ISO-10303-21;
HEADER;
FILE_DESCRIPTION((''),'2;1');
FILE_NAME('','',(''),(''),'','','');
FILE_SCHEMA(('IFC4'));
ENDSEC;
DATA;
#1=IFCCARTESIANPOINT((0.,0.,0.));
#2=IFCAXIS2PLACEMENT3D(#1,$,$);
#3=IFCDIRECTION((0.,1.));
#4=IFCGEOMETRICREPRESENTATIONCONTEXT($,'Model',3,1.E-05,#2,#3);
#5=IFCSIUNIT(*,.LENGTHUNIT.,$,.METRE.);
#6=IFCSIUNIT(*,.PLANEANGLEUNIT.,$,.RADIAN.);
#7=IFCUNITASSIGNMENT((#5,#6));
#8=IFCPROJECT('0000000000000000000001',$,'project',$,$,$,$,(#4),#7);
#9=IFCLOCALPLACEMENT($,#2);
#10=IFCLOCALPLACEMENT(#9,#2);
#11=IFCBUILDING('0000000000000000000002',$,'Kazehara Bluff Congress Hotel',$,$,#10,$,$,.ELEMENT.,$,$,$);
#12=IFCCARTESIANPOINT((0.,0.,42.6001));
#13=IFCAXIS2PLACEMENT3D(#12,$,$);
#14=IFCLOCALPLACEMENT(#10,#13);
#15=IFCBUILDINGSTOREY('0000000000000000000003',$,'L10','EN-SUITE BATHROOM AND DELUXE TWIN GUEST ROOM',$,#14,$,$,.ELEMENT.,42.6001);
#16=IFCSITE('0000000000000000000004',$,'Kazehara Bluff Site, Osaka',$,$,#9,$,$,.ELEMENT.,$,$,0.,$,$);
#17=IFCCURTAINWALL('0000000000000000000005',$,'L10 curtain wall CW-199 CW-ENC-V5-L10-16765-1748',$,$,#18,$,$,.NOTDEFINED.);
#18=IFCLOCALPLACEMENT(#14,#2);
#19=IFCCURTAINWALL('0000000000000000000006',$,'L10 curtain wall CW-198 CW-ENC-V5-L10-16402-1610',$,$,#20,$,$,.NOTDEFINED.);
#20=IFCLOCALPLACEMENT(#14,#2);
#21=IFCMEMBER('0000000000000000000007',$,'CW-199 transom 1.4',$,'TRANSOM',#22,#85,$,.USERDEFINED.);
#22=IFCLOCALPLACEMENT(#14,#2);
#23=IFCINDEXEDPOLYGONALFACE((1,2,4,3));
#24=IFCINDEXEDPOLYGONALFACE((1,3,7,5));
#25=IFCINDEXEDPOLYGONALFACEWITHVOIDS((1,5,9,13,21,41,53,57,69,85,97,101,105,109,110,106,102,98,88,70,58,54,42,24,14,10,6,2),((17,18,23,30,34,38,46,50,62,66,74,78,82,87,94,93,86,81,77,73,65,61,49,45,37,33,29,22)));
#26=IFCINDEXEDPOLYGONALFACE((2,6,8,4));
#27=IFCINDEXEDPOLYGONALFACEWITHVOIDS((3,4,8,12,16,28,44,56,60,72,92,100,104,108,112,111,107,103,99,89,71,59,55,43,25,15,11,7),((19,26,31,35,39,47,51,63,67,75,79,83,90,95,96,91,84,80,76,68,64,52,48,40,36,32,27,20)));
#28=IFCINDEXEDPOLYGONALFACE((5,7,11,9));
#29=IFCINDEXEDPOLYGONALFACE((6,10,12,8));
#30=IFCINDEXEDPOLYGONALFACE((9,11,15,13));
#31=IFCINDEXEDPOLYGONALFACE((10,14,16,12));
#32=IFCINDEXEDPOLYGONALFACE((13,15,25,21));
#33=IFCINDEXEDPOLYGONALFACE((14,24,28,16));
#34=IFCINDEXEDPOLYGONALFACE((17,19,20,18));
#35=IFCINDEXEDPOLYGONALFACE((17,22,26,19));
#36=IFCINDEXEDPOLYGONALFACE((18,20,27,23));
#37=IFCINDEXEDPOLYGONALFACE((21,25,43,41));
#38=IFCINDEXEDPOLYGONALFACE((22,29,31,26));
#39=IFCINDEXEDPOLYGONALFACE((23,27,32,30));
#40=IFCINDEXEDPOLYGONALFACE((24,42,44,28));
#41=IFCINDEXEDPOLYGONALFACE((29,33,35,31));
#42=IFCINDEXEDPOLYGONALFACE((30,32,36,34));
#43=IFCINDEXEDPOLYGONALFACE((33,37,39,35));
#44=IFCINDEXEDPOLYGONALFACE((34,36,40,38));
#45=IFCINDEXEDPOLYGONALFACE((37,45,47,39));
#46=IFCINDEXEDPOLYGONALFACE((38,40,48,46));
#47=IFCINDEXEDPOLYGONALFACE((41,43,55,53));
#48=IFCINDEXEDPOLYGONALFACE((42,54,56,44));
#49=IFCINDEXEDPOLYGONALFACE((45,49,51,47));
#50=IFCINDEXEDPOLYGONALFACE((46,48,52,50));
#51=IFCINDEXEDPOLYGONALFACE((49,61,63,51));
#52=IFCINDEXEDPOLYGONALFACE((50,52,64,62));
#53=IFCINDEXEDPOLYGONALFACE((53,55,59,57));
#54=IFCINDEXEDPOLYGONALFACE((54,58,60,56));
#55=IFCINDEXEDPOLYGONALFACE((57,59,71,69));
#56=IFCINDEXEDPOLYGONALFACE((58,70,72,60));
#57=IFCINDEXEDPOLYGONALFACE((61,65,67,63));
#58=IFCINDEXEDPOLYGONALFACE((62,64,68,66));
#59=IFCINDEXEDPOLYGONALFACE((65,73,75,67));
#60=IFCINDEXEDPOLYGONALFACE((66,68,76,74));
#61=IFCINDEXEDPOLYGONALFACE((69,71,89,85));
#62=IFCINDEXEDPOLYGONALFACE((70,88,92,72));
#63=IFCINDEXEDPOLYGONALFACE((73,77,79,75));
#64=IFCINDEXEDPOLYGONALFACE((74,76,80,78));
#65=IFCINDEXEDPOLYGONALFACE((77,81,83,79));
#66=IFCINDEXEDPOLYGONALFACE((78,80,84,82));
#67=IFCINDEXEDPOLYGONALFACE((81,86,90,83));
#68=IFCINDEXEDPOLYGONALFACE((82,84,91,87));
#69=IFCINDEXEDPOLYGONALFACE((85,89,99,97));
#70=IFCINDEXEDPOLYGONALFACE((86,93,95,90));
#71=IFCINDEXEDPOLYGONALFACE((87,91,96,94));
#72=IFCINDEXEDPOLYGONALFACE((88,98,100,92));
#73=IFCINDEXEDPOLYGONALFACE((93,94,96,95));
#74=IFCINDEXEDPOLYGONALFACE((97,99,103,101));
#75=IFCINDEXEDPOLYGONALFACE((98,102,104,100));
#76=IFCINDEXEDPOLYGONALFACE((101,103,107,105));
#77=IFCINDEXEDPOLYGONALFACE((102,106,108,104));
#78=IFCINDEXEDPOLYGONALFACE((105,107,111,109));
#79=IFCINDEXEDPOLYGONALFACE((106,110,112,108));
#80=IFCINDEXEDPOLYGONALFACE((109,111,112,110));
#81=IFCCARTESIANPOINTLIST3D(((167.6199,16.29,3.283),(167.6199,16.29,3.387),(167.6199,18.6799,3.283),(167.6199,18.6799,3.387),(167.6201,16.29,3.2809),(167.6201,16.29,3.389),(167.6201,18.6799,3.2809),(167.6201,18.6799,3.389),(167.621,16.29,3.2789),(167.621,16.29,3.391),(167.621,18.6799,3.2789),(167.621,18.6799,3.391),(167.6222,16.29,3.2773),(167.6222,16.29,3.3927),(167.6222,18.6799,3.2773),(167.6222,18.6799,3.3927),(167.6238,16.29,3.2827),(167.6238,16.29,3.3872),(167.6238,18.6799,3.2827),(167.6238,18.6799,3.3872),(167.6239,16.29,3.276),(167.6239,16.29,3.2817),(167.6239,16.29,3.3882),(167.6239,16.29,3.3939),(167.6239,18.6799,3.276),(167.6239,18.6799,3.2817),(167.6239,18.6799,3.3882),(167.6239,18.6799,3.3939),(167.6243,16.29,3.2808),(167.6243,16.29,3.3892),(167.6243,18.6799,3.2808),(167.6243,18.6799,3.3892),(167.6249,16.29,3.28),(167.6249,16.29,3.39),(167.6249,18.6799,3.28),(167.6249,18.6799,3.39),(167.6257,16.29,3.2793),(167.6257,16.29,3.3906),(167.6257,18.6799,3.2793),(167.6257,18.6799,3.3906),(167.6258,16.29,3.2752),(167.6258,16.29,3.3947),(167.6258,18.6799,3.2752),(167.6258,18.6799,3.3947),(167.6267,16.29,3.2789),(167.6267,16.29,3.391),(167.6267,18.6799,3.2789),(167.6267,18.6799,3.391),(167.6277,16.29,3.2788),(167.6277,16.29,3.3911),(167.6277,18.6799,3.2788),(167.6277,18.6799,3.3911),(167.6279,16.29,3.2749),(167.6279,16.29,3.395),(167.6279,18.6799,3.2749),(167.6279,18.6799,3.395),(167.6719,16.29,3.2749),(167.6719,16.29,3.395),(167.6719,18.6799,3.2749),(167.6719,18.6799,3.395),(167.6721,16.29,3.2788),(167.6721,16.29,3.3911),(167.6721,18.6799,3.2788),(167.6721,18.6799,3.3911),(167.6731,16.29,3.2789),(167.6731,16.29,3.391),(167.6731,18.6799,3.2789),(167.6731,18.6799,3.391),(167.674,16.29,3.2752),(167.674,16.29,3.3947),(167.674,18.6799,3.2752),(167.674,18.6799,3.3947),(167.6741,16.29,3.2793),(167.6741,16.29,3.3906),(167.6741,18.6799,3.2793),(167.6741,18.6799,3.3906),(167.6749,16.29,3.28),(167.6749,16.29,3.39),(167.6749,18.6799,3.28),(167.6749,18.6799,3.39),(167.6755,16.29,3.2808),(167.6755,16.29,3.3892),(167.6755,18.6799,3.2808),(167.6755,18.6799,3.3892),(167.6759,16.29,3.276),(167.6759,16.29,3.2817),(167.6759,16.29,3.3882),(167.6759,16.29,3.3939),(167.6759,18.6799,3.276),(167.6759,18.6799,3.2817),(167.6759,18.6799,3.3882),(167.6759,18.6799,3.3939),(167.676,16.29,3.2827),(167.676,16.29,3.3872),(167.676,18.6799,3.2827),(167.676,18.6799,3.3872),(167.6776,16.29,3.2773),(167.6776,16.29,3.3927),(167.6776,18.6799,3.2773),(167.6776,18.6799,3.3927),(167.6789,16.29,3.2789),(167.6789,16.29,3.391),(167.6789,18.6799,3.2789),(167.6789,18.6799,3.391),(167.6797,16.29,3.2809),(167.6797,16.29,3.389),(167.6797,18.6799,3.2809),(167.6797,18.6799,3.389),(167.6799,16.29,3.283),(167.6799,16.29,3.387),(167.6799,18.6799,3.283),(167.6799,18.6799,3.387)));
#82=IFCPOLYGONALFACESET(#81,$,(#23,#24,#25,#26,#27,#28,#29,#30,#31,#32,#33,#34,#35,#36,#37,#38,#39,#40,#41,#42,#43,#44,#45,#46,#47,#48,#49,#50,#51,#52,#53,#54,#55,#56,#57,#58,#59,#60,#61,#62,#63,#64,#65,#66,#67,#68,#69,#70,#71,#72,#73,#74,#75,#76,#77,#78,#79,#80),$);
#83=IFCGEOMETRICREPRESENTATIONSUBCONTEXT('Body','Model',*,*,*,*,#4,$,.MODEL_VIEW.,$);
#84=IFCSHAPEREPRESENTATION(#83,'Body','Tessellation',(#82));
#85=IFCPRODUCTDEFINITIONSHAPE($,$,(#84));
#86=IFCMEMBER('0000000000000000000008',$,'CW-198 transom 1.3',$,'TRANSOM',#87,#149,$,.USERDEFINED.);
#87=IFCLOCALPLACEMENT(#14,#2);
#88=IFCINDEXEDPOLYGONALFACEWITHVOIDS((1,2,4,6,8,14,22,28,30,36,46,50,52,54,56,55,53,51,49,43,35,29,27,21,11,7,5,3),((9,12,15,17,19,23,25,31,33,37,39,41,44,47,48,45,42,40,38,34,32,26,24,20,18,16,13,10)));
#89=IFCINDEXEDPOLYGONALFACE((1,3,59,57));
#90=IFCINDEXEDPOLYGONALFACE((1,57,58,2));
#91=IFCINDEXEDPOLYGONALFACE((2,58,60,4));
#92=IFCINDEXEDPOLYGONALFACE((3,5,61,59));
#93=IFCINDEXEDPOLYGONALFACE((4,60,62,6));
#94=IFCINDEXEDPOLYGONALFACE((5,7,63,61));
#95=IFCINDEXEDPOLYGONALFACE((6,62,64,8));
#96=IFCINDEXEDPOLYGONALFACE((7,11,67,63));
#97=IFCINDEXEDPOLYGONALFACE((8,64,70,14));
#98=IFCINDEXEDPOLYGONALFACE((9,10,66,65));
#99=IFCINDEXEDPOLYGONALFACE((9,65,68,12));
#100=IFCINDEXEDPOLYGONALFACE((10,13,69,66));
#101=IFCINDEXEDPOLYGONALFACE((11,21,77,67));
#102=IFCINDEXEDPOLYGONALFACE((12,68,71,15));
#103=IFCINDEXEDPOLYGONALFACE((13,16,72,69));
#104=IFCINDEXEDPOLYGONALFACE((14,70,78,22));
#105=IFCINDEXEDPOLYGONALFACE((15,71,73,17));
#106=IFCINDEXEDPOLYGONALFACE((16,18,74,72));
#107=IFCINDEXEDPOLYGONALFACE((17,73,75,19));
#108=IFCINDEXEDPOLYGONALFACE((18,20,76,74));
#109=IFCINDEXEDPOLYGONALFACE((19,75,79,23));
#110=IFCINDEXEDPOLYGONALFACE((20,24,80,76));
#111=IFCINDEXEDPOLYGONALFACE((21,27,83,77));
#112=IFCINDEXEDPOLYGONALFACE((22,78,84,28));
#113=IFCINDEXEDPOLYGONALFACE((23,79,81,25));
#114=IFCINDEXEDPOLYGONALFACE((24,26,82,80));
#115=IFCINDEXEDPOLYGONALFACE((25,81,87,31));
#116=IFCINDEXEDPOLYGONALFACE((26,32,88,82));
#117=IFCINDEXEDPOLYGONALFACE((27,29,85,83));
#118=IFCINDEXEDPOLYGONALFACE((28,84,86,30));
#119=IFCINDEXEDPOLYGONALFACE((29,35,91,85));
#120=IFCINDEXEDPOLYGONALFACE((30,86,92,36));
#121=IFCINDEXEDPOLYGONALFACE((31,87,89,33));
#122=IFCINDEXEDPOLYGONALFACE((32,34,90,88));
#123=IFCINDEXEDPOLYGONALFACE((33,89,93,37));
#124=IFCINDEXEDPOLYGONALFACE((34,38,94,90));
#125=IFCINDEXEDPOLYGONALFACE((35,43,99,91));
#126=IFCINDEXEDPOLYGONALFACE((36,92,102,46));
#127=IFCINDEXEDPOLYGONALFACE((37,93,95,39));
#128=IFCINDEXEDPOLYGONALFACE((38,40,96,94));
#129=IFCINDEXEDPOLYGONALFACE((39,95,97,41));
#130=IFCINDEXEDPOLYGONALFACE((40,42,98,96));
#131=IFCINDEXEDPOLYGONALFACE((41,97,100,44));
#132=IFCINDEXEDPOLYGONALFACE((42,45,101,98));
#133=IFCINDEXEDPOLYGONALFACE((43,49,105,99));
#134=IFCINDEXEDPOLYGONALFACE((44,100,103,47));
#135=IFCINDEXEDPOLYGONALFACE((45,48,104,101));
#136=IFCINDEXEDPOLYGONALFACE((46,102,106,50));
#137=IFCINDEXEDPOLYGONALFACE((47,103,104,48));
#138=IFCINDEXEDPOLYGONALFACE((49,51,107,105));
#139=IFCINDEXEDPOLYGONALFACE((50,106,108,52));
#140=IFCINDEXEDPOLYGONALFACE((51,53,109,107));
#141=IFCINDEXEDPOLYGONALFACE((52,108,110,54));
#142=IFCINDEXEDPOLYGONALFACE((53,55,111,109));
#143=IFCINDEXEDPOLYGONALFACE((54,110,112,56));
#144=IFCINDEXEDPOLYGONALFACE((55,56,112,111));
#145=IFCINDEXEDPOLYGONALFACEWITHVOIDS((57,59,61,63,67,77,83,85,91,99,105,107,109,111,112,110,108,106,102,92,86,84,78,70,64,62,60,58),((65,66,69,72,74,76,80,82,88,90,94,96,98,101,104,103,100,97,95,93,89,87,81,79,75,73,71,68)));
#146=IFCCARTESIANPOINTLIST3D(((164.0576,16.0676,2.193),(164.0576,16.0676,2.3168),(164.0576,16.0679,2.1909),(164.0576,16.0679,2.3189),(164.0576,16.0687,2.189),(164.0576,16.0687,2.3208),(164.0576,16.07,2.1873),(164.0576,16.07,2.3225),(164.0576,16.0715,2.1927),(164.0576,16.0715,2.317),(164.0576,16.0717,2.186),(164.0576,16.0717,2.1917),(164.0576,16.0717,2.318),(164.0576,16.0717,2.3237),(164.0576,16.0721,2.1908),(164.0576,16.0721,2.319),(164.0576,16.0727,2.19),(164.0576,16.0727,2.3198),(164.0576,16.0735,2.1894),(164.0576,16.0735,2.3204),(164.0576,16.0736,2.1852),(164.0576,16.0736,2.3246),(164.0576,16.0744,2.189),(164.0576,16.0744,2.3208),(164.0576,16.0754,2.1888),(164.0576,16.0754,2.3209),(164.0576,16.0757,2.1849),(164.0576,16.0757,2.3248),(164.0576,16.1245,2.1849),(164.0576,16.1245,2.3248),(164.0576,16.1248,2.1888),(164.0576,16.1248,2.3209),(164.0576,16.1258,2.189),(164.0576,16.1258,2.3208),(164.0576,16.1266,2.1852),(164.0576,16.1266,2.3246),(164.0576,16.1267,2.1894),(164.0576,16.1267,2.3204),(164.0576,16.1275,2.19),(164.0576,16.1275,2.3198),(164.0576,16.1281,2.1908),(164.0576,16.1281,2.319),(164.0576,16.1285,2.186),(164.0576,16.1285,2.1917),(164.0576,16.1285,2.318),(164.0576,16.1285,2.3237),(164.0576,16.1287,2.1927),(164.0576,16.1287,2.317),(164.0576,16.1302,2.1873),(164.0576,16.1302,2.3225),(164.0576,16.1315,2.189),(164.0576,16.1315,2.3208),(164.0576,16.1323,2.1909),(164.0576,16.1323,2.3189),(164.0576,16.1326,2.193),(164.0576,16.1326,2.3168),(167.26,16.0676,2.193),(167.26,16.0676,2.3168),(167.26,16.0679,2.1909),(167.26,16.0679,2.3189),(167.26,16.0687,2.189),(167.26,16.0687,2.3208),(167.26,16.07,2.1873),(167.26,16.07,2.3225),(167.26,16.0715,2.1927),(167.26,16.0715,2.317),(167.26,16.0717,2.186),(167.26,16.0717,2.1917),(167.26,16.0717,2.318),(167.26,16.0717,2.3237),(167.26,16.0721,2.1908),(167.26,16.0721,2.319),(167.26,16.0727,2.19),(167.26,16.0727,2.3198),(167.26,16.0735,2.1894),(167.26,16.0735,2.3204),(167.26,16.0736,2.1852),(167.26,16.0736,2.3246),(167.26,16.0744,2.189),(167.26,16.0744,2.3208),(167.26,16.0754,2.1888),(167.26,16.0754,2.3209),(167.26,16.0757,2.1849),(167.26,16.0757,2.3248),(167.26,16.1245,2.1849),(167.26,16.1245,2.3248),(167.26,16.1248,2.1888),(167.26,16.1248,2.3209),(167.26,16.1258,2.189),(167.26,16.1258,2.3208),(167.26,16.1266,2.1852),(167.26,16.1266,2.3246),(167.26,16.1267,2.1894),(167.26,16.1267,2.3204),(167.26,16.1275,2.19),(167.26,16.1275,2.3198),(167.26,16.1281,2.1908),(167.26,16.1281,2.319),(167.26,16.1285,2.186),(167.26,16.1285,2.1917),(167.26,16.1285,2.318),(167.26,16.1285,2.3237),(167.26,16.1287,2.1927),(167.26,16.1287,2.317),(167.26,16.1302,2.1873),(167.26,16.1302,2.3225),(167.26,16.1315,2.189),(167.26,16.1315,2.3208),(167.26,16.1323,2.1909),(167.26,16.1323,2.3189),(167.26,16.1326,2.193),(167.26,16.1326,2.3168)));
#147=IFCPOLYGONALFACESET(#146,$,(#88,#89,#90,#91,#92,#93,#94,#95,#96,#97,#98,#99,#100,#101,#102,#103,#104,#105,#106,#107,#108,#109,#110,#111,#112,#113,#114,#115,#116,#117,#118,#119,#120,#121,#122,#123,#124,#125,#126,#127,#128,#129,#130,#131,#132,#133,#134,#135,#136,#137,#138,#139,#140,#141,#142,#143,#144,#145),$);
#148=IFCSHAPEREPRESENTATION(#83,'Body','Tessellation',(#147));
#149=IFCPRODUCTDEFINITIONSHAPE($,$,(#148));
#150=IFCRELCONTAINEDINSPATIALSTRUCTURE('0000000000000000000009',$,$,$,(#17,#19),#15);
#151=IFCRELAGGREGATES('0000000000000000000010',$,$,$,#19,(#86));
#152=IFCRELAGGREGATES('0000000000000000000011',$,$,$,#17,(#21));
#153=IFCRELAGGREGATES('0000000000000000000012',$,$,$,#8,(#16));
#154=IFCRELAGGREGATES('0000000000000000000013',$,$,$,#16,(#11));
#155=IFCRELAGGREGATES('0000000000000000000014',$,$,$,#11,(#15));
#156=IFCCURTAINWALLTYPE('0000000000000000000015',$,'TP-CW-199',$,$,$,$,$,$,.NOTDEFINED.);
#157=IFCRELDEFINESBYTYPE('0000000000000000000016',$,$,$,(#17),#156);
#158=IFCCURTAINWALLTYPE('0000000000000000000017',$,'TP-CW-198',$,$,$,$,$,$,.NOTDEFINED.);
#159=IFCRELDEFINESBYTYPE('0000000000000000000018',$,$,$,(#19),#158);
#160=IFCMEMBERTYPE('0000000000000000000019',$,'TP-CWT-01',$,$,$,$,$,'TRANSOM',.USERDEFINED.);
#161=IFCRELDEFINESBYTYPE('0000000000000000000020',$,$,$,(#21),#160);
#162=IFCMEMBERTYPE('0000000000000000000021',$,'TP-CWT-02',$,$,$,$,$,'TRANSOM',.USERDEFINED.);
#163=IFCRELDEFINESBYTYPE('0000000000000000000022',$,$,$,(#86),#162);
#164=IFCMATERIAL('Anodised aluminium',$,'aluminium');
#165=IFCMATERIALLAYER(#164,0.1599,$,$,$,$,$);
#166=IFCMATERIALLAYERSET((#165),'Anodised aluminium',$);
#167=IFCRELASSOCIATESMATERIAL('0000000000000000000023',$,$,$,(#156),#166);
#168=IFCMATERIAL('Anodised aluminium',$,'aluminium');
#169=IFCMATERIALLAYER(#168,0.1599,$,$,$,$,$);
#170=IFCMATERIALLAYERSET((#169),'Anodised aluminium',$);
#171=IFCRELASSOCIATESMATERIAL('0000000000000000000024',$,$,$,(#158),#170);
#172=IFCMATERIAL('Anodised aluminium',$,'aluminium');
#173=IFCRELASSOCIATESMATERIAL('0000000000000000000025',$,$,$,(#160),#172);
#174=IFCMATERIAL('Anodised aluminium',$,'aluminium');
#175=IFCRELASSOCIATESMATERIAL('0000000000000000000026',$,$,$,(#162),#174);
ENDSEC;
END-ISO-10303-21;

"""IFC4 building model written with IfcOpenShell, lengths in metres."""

from ifc_helpers import new_model, si_unit, direction, frame, origin, origin_2d, place, context, subcontext, project, spatial, hollow_rectangle, extrude, material, layer, layer_set, material_profile, profile_set, type_object, element, aggregate, save


model = new_model("IFC4")

# Units and contexts
model_context = context("Model", 3, precision=1e-05, world=origin(), true_north=direction((0.0, 1.0)))
body_context = subcontext(model_context, "Body", "Model", "MODEL_VIEW")
ifc_project = project(units=[si_unit("LENGTHUNIT", "METRE"), si_unit("PLANEANGLEUNIT", "RADIAN")], contexts=[model_context])

# Site, building, storey
site_placement = place(None, origin())
site = spatial("IfcSite", under=ifc_project, at=site_placement, Name="Kazehara Bluff Site, Osaka", CompositionType="ELEMENT", RefElevation=0.0)
building_placement = place(site_placement, origin())
building = spatial("IfcBuilding", under=site, at=building_placement, Name="Kazehara Bluff Congress Hotel", CompositionType="ELEMENT")
storey_placement = place(building_placement, frame((0.0, 0.0, 42.6001)))
storey = spatial("IfcBuildingStorey", under=building, at=storey_placement, Name="L10", Description="EN-SUITE BATHROOM AND DELUXE TWIN GUEST ROOM", CompositionType="ELEMENT", Elevation=42.6001)

# Curtain wall
ifc_material_1 = material(Name="Anodised aluminium", Category="aluminium")
ifc_layer_1 = layer(ifc_material_1, 0.1599)
ifc_layer_set_1 = layer_set([ifc_layer_1], Name="Anodised aluminium")
curtain_wall_type_1 = type_object("IfcCurtainWallType", Name="TP-CW-199", PredefinedType="NOTDEFINED", material=ifc_layer_set_1)
curtain_wall_1_placement = place(storey_placement, origin())
curtain_wall_1 = element("IfcCurtainWall", 1, at=curtain_wall_1_placement, inside=storey, type_object=curtain_wall_type_1, Name="L10 curtain wall CW-199 CW-ENC-V5-L10-16765-1748", PredefinedType="NOTDEFINED")

# Curtain wall
ifc_material_2 = material(Name="Anodised aluminium", Category="aluminium")
ifc_layer_2 = layer(ifc_material_2, 0.1599)
ifc_layer_set_2 = layer_set([ifc_layer_2], Name="Anodised aluminium")
curtain_wall_type_2 = type_object("IfcCurtainWallType", Name="TP-CW-198", PredefinedType="NOTDEFINED", material=ifc_layer_set_2)
curtain_wall_2_placement = place(storey_placement, origin())
curtain_wall_2 = element("IfcCurtainWall", 2, at=curtain_wall_2_placement, inside=storey, type_object=curtain_wall_type_2, Name="L10 curtain wall CW-198 CW-ENC-V5-L10-16402-1610", PredefinedType="NOTDEFINED")

# Members
ifc_material_3 = material(Name="Anodised aluminium", Category="aluminium")
ifc_material_profile_1 = material_profile(ifc_material_3, hollow_rectangle(XDim=0.0601, YDim=0.1201, WallThickness=0.0039, InnerFilletRadius=0.0039, OuterFilletRadius=0.0081, at=origin_2d()))
ifc_profile_set_1 = profile_set([ifc_material_profile_1], Name="Anodised aluminium")
member_type_1 = type_object("IfcMemberType", Name="TP-CWT-01", ElementType="TRANSOM", PredefinedType="USERDEFINED", material=ifc_profile_set_1)
member_1_placement = place(storey_placement, frame((167.6499, 18.6799, 3.335), z_axis=(0.0, -1.0, 0.0), x_axis=(1.0, 0.0, 0.0)))
member_1 = element("IfcMember", 3, at=member_1_placement, type_object=member_type_1, Name="CW-199 transom 1.4", ObjectType="TRANSOM", PredefinedType="USERDEFINED", context=body_context, shape_type="SweptSolid", body=[
    extrude(hollow_rectangle(XDim=0.0601, YDim=0.1201, WallThickness=0.0039, InnerFilletRadius=0.0039, OuterFilletRadius=0.0081, at=origin_2d()), origin(), (0.0, 0.0, 1.0), 2.3899),
])
ifc_material_4 = material(Name="Anodised aluminium", Category="aluminium")
ifc_material_profile_2 = material_profile(ifc_material_4, hollow_rectangle(XDim=0.0649, YDim=0.1399, WallThickness=0.0039, InnerFilletRadius=0.0039, OuterFilletRadius=0.0081, at=origin_2d()))
ifc_profile_set_2 = profile_set([ifc_material_profile_2], Name="Anodised aluminium")
member_type_2 = type_object("IfcMemberType", Name="TP-CWT-02", ElementType="TRANSOM", PredefinedType="USERDEFINED", material=ifc_profile_set_2)
member_2_placement = place(storey_placement, frame((167.26, 16.1001, 2.2549), z_axis=(-1.0, 0.0, 0.0), x_axis=(0.0, -1.0, 0.0)))
member_2 = element("IfcMember", 4, at=member_2_placement, type_object=member_type_2, Name="CW-198 transom 1.3", ObjectType="TRANSOM", PredefinedType="USERDEFINED", context=body_context, shape_type="SweptSolid", body=[
    extrude(hollow_rectangle(XDim=0.0649, YDim=0.1399, WallThickness=0.0039, InnerFilletRadius=0.0039, OuterFilletRadius=0.0081, at=origin_2d()), origin(), (0.0, 0.0, 1.0), 3.2024),
])
aggregate(curtain_wall_2, [member_2])

aggregate(curtain_wall_1, [member_1])

save(model, "model.ifc")
